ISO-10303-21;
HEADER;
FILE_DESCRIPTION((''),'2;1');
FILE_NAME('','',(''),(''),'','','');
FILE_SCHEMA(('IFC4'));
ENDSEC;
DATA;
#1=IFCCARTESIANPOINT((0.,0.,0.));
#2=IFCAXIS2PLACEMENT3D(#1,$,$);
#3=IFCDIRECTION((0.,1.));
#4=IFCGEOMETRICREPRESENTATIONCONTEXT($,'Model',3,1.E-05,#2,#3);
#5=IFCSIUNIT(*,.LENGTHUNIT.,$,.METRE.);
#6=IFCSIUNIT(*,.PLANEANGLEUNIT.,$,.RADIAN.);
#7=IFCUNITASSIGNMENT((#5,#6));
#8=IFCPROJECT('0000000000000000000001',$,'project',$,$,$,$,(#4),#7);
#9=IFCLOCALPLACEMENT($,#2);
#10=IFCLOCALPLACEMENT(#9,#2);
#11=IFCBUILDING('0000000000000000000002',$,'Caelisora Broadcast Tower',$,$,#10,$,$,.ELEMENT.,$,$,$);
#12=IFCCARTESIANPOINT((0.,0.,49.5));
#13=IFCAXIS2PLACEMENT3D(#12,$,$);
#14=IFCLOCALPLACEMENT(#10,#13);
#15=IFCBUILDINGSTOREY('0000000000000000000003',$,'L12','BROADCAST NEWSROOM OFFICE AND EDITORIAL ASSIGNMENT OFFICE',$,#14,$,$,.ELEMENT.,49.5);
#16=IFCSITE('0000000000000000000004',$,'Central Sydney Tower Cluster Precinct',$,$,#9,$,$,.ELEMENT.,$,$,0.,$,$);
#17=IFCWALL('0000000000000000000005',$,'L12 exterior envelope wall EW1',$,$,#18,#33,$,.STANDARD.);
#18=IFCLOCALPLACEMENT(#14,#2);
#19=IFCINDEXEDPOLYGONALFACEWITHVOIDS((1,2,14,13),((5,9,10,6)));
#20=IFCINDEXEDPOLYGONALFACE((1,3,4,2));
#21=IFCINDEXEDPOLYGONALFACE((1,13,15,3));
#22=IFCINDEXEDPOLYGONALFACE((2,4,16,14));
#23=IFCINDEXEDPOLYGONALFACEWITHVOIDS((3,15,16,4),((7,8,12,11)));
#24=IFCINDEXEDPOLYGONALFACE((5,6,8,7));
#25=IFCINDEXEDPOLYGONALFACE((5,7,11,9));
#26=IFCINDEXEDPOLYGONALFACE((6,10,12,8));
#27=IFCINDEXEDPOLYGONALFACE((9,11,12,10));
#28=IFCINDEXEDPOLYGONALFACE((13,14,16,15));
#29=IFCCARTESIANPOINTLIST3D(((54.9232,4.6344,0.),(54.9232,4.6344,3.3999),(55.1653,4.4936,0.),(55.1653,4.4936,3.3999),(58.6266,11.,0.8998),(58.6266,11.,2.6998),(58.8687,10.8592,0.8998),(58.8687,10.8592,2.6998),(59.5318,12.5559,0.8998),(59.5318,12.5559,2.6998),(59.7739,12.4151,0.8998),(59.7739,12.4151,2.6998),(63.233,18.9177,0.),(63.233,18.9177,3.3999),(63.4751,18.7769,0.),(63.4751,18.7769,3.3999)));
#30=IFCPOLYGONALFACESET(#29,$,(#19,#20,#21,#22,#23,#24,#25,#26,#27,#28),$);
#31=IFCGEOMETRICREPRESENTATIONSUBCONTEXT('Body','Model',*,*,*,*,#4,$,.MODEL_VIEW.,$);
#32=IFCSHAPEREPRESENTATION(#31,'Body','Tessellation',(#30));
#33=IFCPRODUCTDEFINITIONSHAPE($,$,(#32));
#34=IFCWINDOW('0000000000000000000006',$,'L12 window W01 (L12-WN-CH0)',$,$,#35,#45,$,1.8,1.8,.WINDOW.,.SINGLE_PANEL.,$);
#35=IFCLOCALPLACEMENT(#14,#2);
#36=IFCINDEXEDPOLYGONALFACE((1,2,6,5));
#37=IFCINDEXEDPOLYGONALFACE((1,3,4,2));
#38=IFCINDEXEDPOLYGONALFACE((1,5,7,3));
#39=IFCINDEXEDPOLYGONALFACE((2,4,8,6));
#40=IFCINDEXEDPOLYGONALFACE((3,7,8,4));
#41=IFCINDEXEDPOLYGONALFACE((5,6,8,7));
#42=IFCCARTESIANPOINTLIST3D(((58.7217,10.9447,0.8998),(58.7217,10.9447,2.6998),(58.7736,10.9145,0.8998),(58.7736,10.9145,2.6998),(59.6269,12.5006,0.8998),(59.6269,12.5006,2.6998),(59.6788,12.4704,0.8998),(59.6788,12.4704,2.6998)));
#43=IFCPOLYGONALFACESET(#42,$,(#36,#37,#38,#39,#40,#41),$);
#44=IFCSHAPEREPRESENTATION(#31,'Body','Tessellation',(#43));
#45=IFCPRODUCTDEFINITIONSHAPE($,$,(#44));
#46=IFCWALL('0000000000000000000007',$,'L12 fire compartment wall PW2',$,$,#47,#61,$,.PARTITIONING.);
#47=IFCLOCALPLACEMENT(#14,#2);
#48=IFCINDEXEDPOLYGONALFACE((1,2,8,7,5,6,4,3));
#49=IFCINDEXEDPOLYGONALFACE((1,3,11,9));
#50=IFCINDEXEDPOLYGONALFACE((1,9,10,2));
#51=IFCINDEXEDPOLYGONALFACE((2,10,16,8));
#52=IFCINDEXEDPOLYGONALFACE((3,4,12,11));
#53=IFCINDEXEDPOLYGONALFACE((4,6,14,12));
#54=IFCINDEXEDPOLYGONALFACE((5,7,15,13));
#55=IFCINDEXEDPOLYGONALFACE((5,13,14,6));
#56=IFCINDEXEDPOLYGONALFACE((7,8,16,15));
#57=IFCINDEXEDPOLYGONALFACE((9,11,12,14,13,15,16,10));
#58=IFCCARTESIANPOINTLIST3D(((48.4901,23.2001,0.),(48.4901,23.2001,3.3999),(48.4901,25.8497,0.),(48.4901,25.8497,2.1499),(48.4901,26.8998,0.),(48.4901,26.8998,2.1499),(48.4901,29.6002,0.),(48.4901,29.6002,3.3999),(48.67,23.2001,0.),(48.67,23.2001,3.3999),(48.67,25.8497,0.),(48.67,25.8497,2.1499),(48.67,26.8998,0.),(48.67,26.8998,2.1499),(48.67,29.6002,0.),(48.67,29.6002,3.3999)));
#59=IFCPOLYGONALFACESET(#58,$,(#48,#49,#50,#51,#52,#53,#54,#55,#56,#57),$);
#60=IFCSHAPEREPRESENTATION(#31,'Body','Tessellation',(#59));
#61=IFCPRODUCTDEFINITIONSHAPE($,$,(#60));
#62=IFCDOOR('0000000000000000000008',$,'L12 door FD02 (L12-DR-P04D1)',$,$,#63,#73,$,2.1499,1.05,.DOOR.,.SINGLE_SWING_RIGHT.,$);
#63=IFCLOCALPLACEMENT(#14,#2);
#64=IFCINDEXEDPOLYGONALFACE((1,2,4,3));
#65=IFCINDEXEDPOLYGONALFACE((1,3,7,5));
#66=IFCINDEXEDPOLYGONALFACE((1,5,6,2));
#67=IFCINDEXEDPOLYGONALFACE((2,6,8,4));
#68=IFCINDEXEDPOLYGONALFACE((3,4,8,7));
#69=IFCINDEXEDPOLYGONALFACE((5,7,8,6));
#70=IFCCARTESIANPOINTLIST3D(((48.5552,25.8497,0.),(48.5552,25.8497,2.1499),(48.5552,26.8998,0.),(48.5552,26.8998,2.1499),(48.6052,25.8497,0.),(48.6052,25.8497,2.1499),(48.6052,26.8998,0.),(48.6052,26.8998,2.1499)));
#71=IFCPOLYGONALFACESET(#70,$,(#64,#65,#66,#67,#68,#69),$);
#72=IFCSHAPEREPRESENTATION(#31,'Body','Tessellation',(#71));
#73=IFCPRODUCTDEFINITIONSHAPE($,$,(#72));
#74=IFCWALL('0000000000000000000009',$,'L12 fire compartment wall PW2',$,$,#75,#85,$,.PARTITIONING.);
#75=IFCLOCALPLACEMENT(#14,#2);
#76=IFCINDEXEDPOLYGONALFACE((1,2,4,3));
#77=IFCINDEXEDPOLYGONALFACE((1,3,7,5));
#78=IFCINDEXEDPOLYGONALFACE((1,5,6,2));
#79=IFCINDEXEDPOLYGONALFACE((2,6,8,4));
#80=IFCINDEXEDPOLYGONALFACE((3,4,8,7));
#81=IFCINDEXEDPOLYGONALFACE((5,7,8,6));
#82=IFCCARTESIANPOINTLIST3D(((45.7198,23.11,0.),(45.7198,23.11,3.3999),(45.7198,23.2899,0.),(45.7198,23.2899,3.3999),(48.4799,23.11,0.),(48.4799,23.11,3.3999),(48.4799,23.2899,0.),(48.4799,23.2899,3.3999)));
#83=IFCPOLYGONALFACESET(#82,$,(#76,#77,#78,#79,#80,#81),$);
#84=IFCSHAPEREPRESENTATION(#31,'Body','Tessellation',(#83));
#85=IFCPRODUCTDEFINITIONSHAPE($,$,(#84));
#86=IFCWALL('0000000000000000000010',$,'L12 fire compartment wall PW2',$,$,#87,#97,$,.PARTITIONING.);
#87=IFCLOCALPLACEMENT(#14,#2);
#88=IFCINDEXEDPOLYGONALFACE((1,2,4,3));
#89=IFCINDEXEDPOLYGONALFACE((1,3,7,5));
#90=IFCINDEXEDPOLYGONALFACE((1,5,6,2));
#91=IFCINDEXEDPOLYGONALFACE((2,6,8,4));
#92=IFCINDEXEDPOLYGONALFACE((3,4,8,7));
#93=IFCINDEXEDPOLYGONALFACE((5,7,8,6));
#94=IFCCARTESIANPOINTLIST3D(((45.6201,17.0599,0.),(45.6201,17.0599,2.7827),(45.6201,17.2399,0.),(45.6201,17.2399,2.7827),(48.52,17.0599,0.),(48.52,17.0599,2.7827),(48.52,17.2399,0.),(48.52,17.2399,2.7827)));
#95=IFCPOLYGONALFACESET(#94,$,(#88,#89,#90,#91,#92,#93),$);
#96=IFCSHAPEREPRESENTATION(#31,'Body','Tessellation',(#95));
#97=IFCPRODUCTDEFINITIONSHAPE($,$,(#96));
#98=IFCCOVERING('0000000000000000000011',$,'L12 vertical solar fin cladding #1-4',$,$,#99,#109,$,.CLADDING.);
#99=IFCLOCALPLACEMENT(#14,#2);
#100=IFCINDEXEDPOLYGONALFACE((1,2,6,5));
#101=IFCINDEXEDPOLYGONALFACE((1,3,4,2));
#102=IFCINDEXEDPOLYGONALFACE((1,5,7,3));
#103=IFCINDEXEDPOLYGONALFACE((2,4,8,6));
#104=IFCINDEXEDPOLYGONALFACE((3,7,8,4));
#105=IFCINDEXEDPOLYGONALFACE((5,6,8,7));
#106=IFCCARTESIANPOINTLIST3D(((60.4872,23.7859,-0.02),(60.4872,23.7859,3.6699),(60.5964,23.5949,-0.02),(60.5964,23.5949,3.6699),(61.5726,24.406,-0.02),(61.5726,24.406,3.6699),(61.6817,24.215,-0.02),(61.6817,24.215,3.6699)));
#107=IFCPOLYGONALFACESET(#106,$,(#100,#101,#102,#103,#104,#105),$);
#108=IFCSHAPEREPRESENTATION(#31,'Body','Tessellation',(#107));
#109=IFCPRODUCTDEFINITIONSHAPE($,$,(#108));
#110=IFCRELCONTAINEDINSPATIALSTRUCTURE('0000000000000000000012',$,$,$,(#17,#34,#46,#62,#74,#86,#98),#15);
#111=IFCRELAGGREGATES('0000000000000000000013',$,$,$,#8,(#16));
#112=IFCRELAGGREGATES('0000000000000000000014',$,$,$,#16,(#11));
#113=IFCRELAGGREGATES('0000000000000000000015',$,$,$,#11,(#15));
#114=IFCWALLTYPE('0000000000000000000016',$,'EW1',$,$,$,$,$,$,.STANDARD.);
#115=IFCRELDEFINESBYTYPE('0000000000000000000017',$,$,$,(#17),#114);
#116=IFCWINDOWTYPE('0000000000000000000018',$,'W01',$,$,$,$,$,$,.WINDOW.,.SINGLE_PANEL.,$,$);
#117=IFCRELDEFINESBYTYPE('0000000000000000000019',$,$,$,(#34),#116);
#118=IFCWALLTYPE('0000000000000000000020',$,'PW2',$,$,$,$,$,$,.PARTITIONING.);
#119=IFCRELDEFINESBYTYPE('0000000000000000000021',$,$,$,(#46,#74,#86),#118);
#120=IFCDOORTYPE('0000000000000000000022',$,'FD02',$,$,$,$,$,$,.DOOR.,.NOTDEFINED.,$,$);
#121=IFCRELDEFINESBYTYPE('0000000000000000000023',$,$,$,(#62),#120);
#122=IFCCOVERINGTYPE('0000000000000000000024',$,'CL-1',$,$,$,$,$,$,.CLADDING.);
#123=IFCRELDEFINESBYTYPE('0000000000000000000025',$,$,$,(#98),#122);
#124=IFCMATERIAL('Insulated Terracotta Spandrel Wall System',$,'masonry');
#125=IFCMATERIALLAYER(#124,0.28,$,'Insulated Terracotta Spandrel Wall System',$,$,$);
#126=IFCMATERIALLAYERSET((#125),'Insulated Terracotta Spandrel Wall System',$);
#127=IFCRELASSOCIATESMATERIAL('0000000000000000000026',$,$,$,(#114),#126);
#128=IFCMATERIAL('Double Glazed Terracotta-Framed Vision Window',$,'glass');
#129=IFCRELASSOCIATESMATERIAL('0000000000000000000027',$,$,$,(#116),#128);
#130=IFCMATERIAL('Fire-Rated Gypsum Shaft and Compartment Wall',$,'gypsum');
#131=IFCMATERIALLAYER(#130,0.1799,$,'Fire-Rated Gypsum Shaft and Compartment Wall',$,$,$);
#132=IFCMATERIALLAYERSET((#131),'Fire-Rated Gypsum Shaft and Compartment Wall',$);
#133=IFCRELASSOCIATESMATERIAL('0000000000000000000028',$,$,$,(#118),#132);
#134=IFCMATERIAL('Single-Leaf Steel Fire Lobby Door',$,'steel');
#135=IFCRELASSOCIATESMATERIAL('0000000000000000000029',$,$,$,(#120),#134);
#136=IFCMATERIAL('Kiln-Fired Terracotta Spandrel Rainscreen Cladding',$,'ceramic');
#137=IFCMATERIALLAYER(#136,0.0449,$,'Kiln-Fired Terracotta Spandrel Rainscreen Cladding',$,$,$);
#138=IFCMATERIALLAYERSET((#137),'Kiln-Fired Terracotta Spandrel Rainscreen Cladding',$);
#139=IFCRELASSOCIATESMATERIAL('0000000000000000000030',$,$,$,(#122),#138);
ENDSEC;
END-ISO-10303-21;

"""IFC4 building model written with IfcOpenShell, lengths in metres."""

from ifc_helpers import new_model, si_unit, direction, frame, frame_2d, origin, origin_2d, place, context, subcontext, project, spatial, rectangle, extrude, source, transform, mapped, material, layer, layer_set, type_object, type_shapes, element, fill, save


model = new_model("IFC4")

# Units and contexts
model_context = context("Model", 3, precision=1e-05, world=origin(), true_north=direction((0.0, 1.0)))
body_context = subcontext(model_context, "Body", "Model", "MODEL_VIEW")
ifc_project = project(units=[si_unit("LENGTHUNIT", "METRE"), si_unit("PLANEANGLEUNIT", "RADIAN")], contexts=[model_context])

# Site, building, storey
site_placement = place(None, origin())
site = spatial("IfcSite", under=ifc_project, at=site_placement, Name="Central Sydney Tower Cluster Precinct", CompositionType="ELEMENT", RefElevation=0.0)
building_placement = place(site_placement, origin())
building = spatial("IfcBuilding", under=site, at=building_placement, Name="Caelisora Broadcast Tower", CompositionType="ELEMENT")
storey_placement = place(building_placement, frame((0.0, 0.0, 49.5)))
storey = spatial("IfcBuildingStorey", under=building, at=storey_placement, Name="L12", Description="BROADCAST NEWSROOM OFFICE AND EDITORIAL ASSIGNMENT OFFICE", CompositionType="ELEMENT", Elevation=49.5)

# Wall, opening, window
ifc_material_1 = material(Name="Insulated Terracotta Spandrel Wall System", Category="masonry")
ifc_layer_1 = layer(ifc_material_1, 0.28, Name="Insulated Terracotta Spandrel Wall System")
ifc_layer_set_1 = layer_set([ifc_layer_1], Name="Insulated Terracotta Spandrel Wall System")
wall_type_1 = type_object("IfcWallType", Name="EW1", PredefinedType="STANDARD", material=ifc_layer_set_1)
wall_1_placement = place(storey_placement, frame((63.354, 18.8472, 0.0), z_axis=(0.0, 0.0, 1.0), x_axis=(-0.502875, -0.864359, 0.0)))
wall_1 = element("IfcWall", 1, at=wall_1_placement, inside=storey, type_object=wall_type_1, Name="L12 exterior envelope wall EW1", PredefinedType="STANDARD", context=body_context, shape_type="SweptSolid", body=[
    extrude(rectangle(XDim=16.5247, YDim=0.28, at=frame_2d((8.2622, 0.0))), origin(), (0.0, 0.0, 1.0), 3.3999),
])
opening_1_placement = place(wall_1_placement, frame((7.3601, 0.0, 0.8999)))
opening_1 = element("IfcOpeningElement", 2, at=opening_1_placement, cuts=wall_1, PredefinedType="OPENING", context=body_context, shape_type="SweptSolid", body=[
    extrude(rectangle(XDim=1.8, YDim=1.8, at=frame_2d((0.8999, 0.8999))), frame((0.0, 0.1521, 0.0), z_axis=(0.0, -1.0, 0.0), x_axis=(1.0, 0.0, 0.0)), (0.0, 0.0, 1.0), 0.304),
])
ifc_material_2 = material(Name="Double Glazed Terracotta-Framed Vision Window", Category="glass")
window_type = type_object("IfcWindowType", Name="W01", PartitioningType="SINGLE_PANEL", PredefinedType="WINDOW", material=ifc_material_2)
window_placement = place(opening_1_placement, origin())
window = element("IfcWindow", 3, at=window_placement, inside=storey, type_object=window_type, Name="L12 window W01 (L12-WN-CH0)", OverallHeight=1.8, OverallWidth=1.8, PartitioningType="SINGLE_PANEL", PredefinedType="WINDOW", context=body_context, shape_type="SweptSolid", body=[
    extrude(rectangle(XDim=1.8, YDim=1.8, at=frame_2d((0.8999, 0.8999))), frame((0.0, 0.03, 0.0), z_axis=(0.0, -1.0, 0.0), x_axis=(1.0, 0.0, 0.0)), (0.0, 0.0, 1.0), 0.0601),
])
fill(opening_1, window)

# Wall, opening, door
ifc_material_3 = material(Name="Fire-Rated Gypsum Shaft and Compartment Wall", Category="gypsum")
ifc_layer_2 = layer(ifc_material_3, 0.1799, Name="Fire-Rated Gypsum Shaft and Compartment Wall")
ifc_layer_set_2 = layer_set([ifc_layer_2], Name="Fire-Rated Gypsum Shaft and Compartment Wall")
wall_type_2 = type_object("IfcWallType", Name="PW2", PredefinedType="PARTITIONING", material=ifc_layer_set_2)
wall_2_placement = place(storey_placement, frame((48.5801, 23.2, 0.0), z_axis=(0.0, 0.0, 1.0), x_axis=(0.0, 1.0, 0.0)))
wall_2 = element("IfcWall", 4, at=wall_2_placement, inside=storey, type_object=wall_type_2, Name="L12 fire compartment wall PW2", PredefinedType="PARTITIONING", context=body_context, shape_type="SweptSolid", body=[
    extrude(rectangle(XDim=6.4001, YDim=0.1799, at=frame_2d((3.2002, 0.0))), origin(), (0.0, 0.0, 1.0), 3.3999),
])
opening_2_placement = place(wall_2_placement, frame((2.6499, 0.0, 0.0)))
opening_2 = element("IfcOpeningElement", 5, at=opening_2_placement, cuts=wall_2, PredefinedType="OPENING", context=body_context, shape_type="SweptSolid", body=[
    extrude(rectangle(XDim=1.05, YDim=2.1499, at=frame_2d((0.5249, 1.075))), frame((0.0, 0.1021, 0.0), z_axis=(0.0, -1.0, 0.0), x_axis=(1.0, 0.0, 0.0)), (0.0, 0.0, 1.0), 0.2039),
])
ifc_material_4 = material(Name="Single-Leaf Steel Fire Lobby Door", Category="steel")
door_type = type_object("IfcDoorType", Name="FD02", OperationType="NOTDEFINED", PredefinedType="DOOR", material=ifc_material_4)
door_1_placement = place(opening_2_placement, origin())
door_1 = element("IfcDoor", 6, at=door_1_placement, inside=storey, type_object=door_type, Name="L12 door FD02 (L12-DR-P04D1)", OperationType="SINGLE_SWING_RIGHT", OverallHeight=2.1499, OverallWidth=1.05, PredefinedType="DOOR", context=body_context, shape_type="SweptSolid", body=[
    extrude(rectangle(XDim=1.05, YDim=2.1499, at=frame_2d((0.5249, 1.075))), frame((0.0, 0.0249, 0.0), z_axis=(0.0, -1.0, 0.0), x_axis=(1.0, 0.0, 0.0)), (0.0, 0.0, 1.0), 0.05),
])
fill(opening_2, door_1)

# Wall
wall_3_placement = place(storey_placement, frame((45.72, 23.2, 0.0), z_axis=(0.0, 0.0, 1.0), x_axis=(1.0, 0.0, 0.0)))
element("IfcWall", 7, at=wall_3_placement, inside=storey, type_object=wall_type_2, Name="L12 fire compartment wall PW2", PredefinedType="PARTITIONING", context=body_context, shape_type="SweptSolid", body=[
    extrude(rectangle(XDim=2.76, YDim=0.1799, at=frame_2d((1.3799, 0.0))), origin(), (0.0, 0.0, 1.0), 3.3999),
])

# Wall
wall_4_placement = place(storey_placement, frame((45.6201, 17.1499, 0.0), z_axis=(0.0, 0.0, 1.0), x_axis=(1.0, 0.0, 0.0)))
element("IfcWall", 8, at=wall_4_placement, inside=storey, type_object=wall_type_2, Name="L12 fire compartment wall PW2", PredefinedType="PARTITIONING", context=body_context, shape_type="SweptSolid", body=[
    extrude(rectangle(XDim=2.8999, YDim=0.1799, at=frame_2d((1.45, 0.0))), origin(), (0.0, 0.0, 1.0), 2.7827),
])

# Covering
ifc_material_5 = material(Name="Kiln-Fired Terracotta Spandrel Rainscreen Cladding", Category="ceramic")
ifc_layer_3 = layer(ifc_material_5, 0.0449, Name="Kiln-Fired Terracotta Spandrel Rainscreen Cladding")
ifc_layer_set_3 = layer_set([ifc_layer_3], Name="Kiln-Fired Terracotta Spandrel Rainscreen Cladding")
covering_type = type_object("IfcCoveringType", Name="CL-1", PredefinedType="CLADDING", material=ifc_layer_set_3)
shared_shape_1 = source(origin(), body_context, "Body", "SweptSolid", [
    extrude(rectangle(XDim=0.22, YDim=1.25, at=origin_2d()), origin(), (0.0, 0.0, 1.0), 3.6899),
])
type_shapes(covering_type, [shared_shape_1])
covering_placement = place(storey_placement, frame((61.0845, 24.0005, -0.02), z_axis=(0.0, 0.0, 1.0), x_axis=(0.496065, -0.868285, 0.0)))
element("IfcCovering", 9, at=covering_placement, inside=storey, type_object=covering_type, Name="L12 vertical solar fin cladding #1-4", PredefinedType="CLADDING", context=body_context, shape_type="MappedRepresentation", body=[
    mapped(shared_shape_1, transform((0.0, 0.0, 0.0), scale=1.0)),
])

save(model, "model.ifc")
